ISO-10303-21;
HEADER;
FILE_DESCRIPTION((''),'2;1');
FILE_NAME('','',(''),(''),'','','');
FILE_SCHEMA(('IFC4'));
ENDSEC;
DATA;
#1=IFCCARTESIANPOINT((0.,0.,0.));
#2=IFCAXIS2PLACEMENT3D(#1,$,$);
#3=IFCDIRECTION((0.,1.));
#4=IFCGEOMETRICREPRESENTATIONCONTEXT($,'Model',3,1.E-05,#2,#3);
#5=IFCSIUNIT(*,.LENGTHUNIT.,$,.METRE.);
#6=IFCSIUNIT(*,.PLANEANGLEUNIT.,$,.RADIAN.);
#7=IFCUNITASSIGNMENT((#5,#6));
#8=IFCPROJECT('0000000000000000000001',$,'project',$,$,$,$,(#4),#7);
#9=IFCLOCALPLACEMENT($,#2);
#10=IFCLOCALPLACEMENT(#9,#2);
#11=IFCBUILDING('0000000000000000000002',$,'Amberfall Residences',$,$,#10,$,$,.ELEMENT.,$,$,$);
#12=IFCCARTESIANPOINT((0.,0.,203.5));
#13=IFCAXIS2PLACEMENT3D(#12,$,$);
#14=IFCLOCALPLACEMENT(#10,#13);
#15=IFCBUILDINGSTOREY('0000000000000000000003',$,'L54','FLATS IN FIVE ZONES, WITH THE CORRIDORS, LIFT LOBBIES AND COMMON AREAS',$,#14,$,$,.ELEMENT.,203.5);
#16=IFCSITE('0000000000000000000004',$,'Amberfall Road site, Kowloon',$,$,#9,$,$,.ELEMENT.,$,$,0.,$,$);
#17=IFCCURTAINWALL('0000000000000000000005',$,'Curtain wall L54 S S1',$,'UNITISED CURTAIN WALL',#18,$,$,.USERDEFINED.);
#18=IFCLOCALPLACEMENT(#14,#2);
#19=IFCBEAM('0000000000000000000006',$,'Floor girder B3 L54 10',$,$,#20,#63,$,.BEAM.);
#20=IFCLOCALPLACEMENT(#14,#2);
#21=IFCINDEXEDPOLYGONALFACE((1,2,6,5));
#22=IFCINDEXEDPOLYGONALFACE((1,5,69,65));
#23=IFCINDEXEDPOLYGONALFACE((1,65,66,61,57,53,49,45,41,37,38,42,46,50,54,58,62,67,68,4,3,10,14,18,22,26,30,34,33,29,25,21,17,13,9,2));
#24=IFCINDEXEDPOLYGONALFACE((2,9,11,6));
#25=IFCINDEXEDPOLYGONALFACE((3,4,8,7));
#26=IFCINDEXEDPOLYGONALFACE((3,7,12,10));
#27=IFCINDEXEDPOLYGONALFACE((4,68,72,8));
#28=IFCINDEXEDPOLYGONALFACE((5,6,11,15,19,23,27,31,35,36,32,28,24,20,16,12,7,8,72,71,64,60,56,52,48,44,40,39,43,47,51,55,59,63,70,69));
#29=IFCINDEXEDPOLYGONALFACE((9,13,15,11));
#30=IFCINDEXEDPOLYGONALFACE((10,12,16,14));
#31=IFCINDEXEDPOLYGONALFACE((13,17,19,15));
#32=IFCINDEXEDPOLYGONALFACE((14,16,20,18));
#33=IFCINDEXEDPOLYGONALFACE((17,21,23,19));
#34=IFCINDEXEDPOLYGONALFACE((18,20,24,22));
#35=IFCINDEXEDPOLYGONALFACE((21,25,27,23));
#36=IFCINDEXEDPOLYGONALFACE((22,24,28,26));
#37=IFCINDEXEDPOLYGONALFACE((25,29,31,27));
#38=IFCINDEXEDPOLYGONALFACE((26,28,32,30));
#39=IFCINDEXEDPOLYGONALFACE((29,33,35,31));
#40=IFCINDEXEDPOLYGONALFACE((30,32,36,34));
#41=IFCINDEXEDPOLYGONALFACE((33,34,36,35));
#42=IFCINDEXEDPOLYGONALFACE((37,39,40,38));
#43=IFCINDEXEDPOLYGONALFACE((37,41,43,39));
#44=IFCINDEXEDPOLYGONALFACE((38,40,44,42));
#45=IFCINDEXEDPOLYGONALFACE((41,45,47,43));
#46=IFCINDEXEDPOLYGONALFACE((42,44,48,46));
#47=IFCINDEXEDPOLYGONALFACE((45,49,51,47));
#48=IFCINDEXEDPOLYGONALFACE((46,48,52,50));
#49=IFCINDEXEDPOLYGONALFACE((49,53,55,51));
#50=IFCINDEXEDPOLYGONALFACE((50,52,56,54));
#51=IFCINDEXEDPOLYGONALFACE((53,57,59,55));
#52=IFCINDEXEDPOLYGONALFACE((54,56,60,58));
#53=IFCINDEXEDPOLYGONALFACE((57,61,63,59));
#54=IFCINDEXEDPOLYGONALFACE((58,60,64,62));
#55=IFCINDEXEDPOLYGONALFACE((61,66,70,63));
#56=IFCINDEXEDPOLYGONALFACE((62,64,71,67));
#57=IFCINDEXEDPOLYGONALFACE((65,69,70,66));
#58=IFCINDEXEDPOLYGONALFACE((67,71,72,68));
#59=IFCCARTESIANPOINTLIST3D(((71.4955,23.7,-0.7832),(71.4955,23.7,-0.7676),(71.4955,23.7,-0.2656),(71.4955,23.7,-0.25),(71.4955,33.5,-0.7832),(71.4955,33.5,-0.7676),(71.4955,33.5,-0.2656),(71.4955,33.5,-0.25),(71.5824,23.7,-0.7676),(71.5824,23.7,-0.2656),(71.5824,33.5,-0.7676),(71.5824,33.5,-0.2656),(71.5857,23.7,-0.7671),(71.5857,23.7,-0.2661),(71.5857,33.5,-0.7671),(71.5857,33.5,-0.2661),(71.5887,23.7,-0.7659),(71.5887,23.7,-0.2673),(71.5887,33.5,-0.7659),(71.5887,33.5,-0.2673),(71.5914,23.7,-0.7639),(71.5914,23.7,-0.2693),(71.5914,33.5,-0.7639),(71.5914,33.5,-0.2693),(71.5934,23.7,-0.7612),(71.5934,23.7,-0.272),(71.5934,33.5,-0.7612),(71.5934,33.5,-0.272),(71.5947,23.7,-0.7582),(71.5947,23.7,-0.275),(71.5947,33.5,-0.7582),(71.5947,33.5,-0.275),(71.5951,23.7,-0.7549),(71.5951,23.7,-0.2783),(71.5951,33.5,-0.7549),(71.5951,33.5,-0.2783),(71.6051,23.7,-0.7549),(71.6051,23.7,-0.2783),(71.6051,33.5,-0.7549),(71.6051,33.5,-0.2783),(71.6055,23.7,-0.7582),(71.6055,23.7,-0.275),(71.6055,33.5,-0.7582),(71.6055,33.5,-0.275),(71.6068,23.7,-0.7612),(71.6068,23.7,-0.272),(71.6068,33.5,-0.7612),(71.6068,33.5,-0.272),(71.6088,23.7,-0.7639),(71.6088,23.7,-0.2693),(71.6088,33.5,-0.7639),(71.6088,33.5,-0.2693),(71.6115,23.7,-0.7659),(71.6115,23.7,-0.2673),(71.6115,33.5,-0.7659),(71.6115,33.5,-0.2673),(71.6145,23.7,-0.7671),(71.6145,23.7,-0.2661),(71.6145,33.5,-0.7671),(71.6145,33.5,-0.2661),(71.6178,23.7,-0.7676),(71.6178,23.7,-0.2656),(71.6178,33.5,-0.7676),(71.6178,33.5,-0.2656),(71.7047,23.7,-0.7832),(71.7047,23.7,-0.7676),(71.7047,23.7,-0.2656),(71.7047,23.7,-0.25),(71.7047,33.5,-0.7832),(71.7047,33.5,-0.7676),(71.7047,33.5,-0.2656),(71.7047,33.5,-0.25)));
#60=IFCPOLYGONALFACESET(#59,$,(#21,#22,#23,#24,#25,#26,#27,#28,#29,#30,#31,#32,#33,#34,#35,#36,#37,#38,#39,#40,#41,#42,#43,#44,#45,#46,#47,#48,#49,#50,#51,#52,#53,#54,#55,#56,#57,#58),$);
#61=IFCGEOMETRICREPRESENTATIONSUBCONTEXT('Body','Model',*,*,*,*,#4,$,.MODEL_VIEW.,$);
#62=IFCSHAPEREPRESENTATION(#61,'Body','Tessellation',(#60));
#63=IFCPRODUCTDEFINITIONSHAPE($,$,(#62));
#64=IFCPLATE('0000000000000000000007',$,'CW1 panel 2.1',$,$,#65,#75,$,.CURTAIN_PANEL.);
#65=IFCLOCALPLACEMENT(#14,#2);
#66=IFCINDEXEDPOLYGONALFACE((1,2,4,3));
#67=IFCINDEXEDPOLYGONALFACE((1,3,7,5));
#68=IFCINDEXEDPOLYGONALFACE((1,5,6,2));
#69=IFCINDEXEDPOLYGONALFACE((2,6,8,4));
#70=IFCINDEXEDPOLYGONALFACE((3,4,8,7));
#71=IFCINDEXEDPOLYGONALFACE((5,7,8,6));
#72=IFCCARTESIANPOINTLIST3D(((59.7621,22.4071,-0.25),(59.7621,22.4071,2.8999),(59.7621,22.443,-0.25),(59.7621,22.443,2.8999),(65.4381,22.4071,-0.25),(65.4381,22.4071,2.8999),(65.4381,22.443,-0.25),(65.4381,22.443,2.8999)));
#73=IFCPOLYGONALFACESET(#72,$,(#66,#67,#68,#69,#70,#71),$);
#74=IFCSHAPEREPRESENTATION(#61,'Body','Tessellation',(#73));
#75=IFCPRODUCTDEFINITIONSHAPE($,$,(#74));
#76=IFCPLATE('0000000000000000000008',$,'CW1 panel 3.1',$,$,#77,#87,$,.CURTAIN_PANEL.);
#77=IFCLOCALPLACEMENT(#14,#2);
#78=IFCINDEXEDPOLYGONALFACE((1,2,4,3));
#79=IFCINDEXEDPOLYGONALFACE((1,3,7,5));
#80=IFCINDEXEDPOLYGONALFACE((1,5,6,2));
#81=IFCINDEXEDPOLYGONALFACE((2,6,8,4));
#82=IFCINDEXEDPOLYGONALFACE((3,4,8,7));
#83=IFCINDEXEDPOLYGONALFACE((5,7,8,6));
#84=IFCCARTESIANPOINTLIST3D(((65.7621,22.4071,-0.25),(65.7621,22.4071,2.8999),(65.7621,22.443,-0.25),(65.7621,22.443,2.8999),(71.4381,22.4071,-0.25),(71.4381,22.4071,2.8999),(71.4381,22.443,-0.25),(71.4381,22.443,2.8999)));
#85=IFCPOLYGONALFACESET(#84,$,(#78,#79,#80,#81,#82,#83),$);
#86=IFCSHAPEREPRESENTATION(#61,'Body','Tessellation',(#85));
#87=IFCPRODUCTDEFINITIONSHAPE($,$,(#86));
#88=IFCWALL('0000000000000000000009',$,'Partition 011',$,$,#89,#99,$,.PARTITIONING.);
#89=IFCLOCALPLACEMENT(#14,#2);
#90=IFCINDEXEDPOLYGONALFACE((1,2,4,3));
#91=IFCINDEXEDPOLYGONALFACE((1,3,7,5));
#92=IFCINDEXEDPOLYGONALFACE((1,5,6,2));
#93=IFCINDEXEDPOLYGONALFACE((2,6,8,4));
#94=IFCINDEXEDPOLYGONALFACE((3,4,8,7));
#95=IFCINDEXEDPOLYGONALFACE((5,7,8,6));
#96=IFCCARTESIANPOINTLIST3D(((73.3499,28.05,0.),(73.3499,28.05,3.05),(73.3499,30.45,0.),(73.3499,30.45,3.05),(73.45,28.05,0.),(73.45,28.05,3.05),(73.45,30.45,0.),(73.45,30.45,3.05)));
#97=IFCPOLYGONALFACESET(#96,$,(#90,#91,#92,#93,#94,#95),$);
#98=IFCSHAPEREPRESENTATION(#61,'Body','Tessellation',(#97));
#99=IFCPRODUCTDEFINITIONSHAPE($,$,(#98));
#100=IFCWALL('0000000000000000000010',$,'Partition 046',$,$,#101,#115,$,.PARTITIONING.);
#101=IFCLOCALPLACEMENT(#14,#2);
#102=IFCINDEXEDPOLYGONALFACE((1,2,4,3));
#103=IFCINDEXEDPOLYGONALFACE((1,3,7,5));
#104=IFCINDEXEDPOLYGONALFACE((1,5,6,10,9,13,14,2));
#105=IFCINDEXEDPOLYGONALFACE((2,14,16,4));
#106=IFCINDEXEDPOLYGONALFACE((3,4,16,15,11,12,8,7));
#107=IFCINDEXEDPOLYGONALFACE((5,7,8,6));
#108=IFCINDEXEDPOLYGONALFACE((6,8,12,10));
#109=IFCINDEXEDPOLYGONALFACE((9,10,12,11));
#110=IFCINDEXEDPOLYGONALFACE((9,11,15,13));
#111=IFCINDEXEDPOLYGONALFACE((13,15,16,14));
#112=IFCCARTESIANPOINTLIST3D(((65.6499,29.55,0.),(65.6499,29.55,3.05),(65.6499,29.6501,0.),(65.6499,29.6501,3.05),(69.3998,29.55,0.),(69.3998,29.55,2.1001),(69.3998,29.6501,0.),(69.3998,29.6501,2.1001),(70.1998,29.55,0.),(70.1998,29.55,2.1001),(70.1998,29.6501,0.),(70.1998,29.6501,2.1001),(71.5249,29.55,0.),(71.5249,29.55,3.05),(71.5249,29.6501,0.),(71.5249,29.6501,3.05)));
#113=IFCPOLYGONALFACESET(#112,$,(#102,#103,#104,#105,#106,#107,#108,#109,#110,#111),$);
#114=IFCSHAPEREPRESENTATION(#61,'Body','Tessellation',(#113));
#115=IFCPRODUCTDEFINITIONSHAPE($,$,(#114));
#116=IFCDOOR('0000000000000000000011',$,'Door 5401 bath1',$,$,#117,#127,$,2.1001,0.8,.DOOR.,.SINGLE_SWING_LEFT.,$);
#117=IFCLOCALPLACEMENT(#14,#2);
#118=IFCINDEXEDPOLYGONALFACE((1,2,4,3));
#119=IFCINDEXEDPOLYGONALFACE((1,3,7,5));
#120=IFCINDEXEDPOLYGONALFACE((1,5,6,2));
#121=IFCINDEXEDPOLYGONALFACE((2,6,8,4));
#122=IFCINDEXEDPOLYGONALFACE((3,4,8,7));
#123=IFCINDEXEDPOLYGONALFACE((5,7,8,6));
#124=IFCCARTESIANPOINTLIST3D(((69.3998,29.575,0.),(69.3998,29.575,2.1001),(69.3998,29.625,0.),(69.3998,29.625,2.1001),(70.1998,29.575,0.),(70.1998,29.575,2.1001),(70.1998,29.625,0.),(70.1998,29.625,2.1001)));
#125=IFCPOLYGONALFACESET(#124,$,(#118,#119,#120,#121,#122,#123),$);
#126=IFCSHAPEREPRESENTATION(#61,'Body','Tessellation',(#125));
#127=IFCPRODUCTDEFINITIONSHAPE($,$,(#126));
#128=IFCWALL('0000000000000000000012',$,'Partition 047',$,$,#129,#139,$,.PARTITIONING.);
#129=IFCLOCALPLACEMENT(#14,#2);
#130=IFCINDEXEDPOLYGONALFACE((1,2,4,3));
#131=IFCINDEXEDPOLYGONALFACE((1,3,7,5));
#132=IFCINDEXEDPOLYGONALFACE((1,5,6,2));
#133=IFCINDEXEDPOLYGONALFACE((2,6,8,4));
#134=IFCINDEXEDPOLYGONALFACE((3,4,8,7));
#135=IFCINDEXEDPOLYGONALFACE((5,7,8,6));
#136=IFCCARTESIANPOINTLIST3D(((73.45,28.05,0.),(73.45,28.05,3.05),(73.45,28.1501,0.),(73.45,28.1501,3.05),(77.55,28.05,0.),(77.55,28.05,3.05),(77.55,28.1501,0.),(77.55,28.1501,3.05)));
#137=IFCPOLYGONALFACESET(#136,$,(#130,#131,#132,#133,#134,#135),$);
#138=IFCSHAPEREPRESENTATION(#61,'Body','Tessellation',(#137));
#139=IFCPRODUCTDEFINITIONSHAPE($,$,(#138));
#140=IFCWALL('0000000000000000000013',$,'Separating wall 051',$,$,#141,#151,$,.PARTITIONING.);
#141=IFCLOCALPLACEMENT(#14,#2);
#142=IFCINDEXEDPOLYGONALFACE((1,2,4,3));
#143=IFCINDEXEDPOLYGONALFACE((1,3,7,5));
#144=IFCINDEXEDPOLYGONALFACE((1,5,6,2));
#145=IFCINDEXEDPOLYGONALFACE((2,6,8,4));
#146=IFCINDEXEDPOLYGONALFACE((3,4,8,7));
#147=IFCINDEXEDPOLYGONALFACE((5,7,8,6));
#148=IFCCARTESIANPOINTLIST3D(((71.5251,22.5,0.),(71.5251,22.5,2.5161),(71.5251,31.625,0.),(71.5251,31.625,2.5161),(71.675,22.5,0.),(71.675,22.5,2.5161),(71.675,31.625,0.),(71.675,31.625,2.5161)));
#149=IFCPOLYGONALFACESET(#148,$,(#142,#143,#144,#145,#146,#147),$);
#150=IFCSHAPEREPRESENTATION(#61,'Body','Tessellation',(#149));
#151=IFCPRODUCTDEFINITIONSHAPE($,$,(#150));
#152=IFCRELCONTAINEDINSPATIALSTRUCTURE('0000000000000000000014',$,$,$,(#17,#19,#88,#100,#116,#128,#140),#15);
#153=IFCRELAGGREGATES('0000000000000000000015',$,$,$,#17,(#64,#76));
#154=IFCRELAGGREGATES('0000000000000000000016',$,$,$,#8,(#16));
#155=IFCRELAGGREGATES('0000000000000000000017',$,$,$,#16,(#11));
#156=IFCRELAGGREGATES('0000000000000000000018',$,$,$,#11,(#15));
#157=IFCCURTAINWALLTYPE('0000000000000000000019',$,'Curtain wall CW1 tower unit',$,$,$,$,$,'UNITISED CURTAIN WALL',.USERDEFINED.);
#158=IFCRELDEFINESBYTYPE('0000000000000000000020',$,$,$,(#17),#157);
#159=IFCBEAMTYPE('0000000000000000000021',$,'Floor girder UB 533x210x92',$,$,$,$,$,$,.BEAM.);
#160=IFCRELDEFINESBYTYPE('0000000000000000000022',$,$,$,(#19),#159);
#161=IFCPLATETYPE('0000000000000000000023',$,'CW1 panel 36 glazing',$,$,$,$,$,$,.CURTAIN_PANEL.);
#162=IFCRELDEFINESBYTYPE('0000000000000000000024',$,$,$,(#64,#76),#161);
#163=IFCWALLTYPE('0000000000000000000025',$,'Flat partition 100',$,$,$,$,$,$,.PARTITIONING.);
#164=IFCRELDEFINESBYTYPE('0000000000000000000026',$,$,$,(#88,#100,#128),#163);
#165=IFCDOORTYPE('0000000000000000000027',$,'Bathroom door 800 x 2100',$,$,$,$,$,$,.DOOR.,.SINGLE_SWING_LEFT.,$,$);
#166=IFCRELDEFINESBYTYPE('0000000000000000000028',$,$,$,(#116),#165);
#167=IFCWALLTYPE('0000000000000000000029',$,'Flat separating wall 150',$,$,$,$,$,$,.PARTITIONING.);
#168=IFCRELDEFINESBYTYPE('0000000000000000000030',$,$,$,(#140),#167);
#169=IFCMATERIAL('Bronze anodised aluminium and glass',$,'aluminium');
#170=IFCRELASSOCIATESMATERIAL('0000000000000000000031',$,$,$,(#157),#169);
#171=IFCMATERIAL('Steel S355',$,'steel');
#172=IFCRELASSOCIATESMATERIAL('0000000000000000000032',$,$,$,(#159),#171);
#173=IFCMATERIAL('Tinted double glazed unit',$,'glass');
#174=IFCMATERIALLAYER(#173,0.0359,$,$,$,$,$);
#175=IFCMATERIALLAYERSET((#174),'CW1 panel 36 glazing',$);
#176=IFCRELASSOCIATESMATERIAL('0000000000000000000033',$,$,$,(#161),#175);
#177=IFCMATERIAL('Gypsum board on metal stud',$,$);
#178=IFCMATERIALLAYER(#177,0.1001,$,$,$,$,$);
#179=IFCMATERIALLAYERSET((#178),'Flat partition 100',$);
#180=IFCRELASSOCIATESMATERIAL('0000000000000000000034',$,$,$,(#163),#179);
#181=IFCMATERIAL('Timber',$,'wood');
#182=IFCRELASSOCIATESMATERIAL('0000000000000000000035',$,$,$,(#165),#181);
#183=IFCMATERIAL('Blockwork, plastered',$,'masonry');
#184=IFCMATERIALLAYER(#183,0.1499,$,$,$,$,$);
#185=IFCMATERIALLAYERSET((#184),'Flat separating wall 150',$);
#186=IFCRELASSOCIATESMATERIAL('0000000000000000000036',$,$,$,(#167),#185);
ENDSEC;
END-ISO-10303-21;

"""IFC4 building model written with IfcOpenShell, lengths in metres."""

from ifc_helpers import new_model, si_unit, direction, frame, frame_2d, origin, origin_2d, place, context, subcontext, project, spatial, rectangle, i_section, extrude, material, layer, layer_set, material_profile, profile_set, type_object, element, fill, aggregate, save


model = new_model("IFC4")

# Units and contexts
model_context = context("Model", 3, precision=1e-05, world=origin(), true_north=direction((0.0, 1.0)))
body_context = subcontext(model_context, "Body", "Model", "MODEL_VIEW")
ifc_project = project(units=[si_unit("LENGTHUNIT", "METRE"), si_unit("PLANEANGLEUNIT", "RADIAN")], contexts=[model_context])

# Site, building, storey
site_placement = place(None, origin())
site = spatial("IfcSite", under=ifc_project, at=site_placement, Name="Amberfall Road site, Kowloon", CompositionType="ELEMENT", RefElevation=0.0)
building_placement = place(site_placement, origin())
building = spatial("IfcBuilding", under=site, at=building_placement, Name="Amberfall Residences", CompositionType="ELEMENT")
storey_placement = place(building_placement, frame((0.0, 0.0, 203.5)))
storey = spatial("IfcBuildingStorey", under=building, at=storey_placement, Name="L54", Description="FLATS IN FIVE ZONES, WITH THE CORRIDORS, LIFT LOBBIES AND COMMON AREAS", CompositionType="ELEMENT", Elevation=203.5)

# Curtain wall
ifc_material_1 = material(Name="Bronze anodised aluminium and glass", Category="aluminium")
curtain_wall_type = type_object("IfcCurtainWallType", Name="Curtain wall CW1 tower unit", ElementType="UNITISED CURTAIN WALL", PredefinedType="USERDEFINED", material=ifc_material_1)
curtain_wall_placement = place(storey_placement, origin())
curtain_wall = element("IfcCurtainWall", 1, at=curtain_wall_placement, inside=storey, type_object=curtain_wall_type, Name="Curtain wall L54 S S1", ObjectType="UNITISED CURTAIN WALL", PredefinedType="USERDEFINED")

# Shared definitions
ifc_material_2 = material(Name="Steel S355", Category="steel")

# Beam
ifc_material_profile_1 = material_profile(ifc_material_2, i_section(OverallWidth=0.2092, OverallDepth=0.5332, WebThickness=0.01, FlangeThickness=0.0156, FilletRadius=0.0127, at=origin_2d()), Name="UB 533x210x92")
ifc_profile_set_1 = profile_set([ifc_material_profile_1], Name="Steel S355")
beam_type_1 = type_object("IfcBeamType", Name="Floor girder UB 533x210x92", PredefinedType="BEAM", material=ifc_profile_set_1)
for number, where, z_axis, x_axis, name in (
    (2, (71.6001, 23.7, -0.5166), (0.0, 1.0, 0.0), (-1.0, 0.0, 0.0), "Floor girder B3 L54 10"),
):
    element("IfcBeam", number, at=place(storey_placement, frame(where, z_axis=z_axis, x_axis=x_axis)), inside=storey, type_object=beam_type_1, Name=name, PredefinedType="BEAM", context=body_context, shape_type="SweptSolid", body=[
        extrude(i_section(OverallWidth=0.2092, OverallDepth=0.5332, WebThickness=0.01, FlangeThickness=0.0156, FilletRadius=0.0127, at=origin_2d()), origin(), (0.0, 0.0, 1.0), 9.8),
    ])

# Plates
ifc_material_3 = material(Name="Tinted double glazed unit", Category="glass")
ifc_layer_1 = layer(ifc_material_3, 0.0359)
ifc_layer_set_1 = layer_set([ifc_layer_1], Name="CW1 panel 36 glazing")
plate_type = type_object("IfcPlateType", Name="CW1 panel 36 glazing", PredefinedType="CURTAIN_PANEL", material=ifc_layer_set_1)
plate_1_placement = place(storey_placement, frame((62.6001, 22.425, -0.25), z_axis=(0.0, 0.0, 1.0), x_axis=(1.0, 0.0, 0.0)))
plate_1 = element("IfcPlate", 3, at=plate_1_placement, type_object=plate_type, Name="CW1 panel 2.1", PredefinedType="CURTAIN_PANEL", context=body_context, shape_type="SweptSolid", body=[
    extrude(rectangle(XDim=5.676, YDim=0.0359, at=origin_2d()), origin(), (0.0, 0.0, 1.0), 3.1499),
])
plate_2_placement = place(storey_placement, frame((68.6001, 22.425, -0.25), z_axis=(0.0, 0.0, 1.0), x_axis=(1.0, 0.0, 0.0)))
plate_2 = element("IfcPlate", 4, at=plate_2_placement, type_object=plate_type, Name="CW1 panel 3.1", PredefinedType="CURTAIN_PANEL", context=body_context, shape_type="SweptSolid", body=[
    extrude(rectangle(XDim=5.676, YDim=0.0359, at=origin_2d()), origin(), (0.0, 0.0, 1.0), 3.1499),
])
aggregate(curtain_wall, [plate_1, plate_2])

# Wall
ifc_material_4 = material(Name="Gypsum board on metal stud")
ifc_layer_2 = layer(ifc_material_4, 0.1001)
ifc_layer_set_2 = layer_set([ifc_layer_2], Name="Flat partition 100")
wall_type_1 = type_object("IfcWallType", Name="Flat partition 100", PredefinedType="PARTITIONING", material=ifc_layer_set_2)
wall_1_placement = place(storey_placement, frame((73.3999, 28.05, 0.0), z_axis=(0.0, 0.0, 1.0), x_axis=(0.0, 1.0, 0.0)))
element("IfcWall", 5, at=wall_1_placement, inside=storey, type_object=wall_type_1, Name="Partition 011", PredefinedType="PARTITIONING", context=body_context, shape_type="SweptSolid", body=[
    extrude(rectangle(XDim=2.3999, YDim=0.1001, at=frame_2d((1.2, 0.0))), origin(), (0.0, 0.0, 1.0), 3.05),
])

# Wall, opening, door
wall_2_placement = place(storey_placement, frame((65.6499, 29.6001, 0.0), z_axis=(0.0, 0.0, 1.0), x_axis=(1.0, 0.0, 0.0)))
wall_2 = element("IfcWall", 6, at=wall_2_placement, inside=storey, type_object=wall_type_1, Name="Partition 046", PredefinedType="PARTITIONING", context=body_context, shape_type="SweptSolid", body=[
    extrude(rectangle(XDim=5.875, YDim=0.1001, at=frame_2d((2.9375, 0.0))), origin(), (0.0, 0.0, 1.0), 3.05),
])
opening_placement = place(wall_2_placement, frame((3.75, 0.0, 0.0)))
opening = element("IfcOpeningElement", 7, at=opening_placement, cuts=wall_2, PredefinedType="OPENING", context=body_context, shape_type="SweptSolid", body=[
    extrude(rectangle(XDim=0.8, YDim=2.1001, at=frame_2d((0.3999, 1.05))), frame((0.0, 0.0601, 0.0), z_axis=(0.0, -1.0, 0.0), x_axis=(1.0, 0.0, 0.0)), (0.0, 0.0, 1.0), 0.1201),
])
ifc_material_5 = material(Name="Timber", Category="wood")
door_type = type_object("IfcDoorType", Name="Bathroom door 800 x 2100", OperationType="SINGLE_SWING_LEFT", PredefinedType="DOOR", material=ifc_material_5)
door_placement = place(opening_placement, origin())
door = element("IfcDoor", 8, at=door_placement, inside=storey, type_object=door_type, Name="Door 5401 bath1", OperationType="SINGLE_SWING_LEFT", OverallHeight=2.1001, OverallWidth=0.8, PredefinedType="DOOR", context=body_context, shape_type="SweptSolid", body=[
    extrude(rectangle(XDim=0.8, YDim=2.1001, at=frame_2d((0.3999, 1.05))), frame((0.0, 0.0249, 0.0), z_axis=(0.0, -1.0, 0.0), x_axis=(1.0, 0.0, 0.0)), (0.0, 0.0, 1.0), 0.05),
])
fill(opening, door)

# Walls
wall_3_placement = place(storey_placement, frame((73.45, 28.1001, 0.0), z_axis=(0.0, 0.0, 1.0), x_axis=(1.0, 0.0, 0.0)))
element("IfcWall", 9, at=wall_3_placement, inside=storey, type_object=wall_type_1, Name="Partition 047", PredefinedType="PARTITIONING", context=body_context, shape_type="SweptSolid", body=[
    extrude(rectangle(XDim=4.1001, YDim=0.1001, at=frame_2d((2.05, 0.0))), origin(), (0.0, 0.0, 1.0), 3.05),
])
ifc_material_6 = material(Name="Blockwork, plastered", Category="masonry")
ifc_layer_3 = layer(ifc_material_6, 0.1499)
ifc_layer_set_3 = layer_set([ifc_layer_3], Name="Flat separating wall 150")
wall_type_2 = type_object("IfcWallType", Name="Flat separating wall 150", PredefinedType="PARTITIONING", material=ifc_layer_set_3)
wall_4_placement = place(storey_placement, frame((71.6001, 22.5, 0.0), z_axis=(0.0, 0.0, 1.0), x_axis=(0.0, 1.0, 0.0)))
element("IfcWall", 10, at=wall_4_placement, inside=storey, type_object=wall_type_2, Name="Separating wall 051", PredefinedType="PARTITIONING", context=body_context, shape_type="SweptSolid", body=[
    extrude(rectangle(XDim=9.125, YDim=0.1499, at=frame_2d((4.5625, 0.0))), origin(), (0.0, 0.0, 1.0), 2.5161),
])

save(model, "model.ifc")
